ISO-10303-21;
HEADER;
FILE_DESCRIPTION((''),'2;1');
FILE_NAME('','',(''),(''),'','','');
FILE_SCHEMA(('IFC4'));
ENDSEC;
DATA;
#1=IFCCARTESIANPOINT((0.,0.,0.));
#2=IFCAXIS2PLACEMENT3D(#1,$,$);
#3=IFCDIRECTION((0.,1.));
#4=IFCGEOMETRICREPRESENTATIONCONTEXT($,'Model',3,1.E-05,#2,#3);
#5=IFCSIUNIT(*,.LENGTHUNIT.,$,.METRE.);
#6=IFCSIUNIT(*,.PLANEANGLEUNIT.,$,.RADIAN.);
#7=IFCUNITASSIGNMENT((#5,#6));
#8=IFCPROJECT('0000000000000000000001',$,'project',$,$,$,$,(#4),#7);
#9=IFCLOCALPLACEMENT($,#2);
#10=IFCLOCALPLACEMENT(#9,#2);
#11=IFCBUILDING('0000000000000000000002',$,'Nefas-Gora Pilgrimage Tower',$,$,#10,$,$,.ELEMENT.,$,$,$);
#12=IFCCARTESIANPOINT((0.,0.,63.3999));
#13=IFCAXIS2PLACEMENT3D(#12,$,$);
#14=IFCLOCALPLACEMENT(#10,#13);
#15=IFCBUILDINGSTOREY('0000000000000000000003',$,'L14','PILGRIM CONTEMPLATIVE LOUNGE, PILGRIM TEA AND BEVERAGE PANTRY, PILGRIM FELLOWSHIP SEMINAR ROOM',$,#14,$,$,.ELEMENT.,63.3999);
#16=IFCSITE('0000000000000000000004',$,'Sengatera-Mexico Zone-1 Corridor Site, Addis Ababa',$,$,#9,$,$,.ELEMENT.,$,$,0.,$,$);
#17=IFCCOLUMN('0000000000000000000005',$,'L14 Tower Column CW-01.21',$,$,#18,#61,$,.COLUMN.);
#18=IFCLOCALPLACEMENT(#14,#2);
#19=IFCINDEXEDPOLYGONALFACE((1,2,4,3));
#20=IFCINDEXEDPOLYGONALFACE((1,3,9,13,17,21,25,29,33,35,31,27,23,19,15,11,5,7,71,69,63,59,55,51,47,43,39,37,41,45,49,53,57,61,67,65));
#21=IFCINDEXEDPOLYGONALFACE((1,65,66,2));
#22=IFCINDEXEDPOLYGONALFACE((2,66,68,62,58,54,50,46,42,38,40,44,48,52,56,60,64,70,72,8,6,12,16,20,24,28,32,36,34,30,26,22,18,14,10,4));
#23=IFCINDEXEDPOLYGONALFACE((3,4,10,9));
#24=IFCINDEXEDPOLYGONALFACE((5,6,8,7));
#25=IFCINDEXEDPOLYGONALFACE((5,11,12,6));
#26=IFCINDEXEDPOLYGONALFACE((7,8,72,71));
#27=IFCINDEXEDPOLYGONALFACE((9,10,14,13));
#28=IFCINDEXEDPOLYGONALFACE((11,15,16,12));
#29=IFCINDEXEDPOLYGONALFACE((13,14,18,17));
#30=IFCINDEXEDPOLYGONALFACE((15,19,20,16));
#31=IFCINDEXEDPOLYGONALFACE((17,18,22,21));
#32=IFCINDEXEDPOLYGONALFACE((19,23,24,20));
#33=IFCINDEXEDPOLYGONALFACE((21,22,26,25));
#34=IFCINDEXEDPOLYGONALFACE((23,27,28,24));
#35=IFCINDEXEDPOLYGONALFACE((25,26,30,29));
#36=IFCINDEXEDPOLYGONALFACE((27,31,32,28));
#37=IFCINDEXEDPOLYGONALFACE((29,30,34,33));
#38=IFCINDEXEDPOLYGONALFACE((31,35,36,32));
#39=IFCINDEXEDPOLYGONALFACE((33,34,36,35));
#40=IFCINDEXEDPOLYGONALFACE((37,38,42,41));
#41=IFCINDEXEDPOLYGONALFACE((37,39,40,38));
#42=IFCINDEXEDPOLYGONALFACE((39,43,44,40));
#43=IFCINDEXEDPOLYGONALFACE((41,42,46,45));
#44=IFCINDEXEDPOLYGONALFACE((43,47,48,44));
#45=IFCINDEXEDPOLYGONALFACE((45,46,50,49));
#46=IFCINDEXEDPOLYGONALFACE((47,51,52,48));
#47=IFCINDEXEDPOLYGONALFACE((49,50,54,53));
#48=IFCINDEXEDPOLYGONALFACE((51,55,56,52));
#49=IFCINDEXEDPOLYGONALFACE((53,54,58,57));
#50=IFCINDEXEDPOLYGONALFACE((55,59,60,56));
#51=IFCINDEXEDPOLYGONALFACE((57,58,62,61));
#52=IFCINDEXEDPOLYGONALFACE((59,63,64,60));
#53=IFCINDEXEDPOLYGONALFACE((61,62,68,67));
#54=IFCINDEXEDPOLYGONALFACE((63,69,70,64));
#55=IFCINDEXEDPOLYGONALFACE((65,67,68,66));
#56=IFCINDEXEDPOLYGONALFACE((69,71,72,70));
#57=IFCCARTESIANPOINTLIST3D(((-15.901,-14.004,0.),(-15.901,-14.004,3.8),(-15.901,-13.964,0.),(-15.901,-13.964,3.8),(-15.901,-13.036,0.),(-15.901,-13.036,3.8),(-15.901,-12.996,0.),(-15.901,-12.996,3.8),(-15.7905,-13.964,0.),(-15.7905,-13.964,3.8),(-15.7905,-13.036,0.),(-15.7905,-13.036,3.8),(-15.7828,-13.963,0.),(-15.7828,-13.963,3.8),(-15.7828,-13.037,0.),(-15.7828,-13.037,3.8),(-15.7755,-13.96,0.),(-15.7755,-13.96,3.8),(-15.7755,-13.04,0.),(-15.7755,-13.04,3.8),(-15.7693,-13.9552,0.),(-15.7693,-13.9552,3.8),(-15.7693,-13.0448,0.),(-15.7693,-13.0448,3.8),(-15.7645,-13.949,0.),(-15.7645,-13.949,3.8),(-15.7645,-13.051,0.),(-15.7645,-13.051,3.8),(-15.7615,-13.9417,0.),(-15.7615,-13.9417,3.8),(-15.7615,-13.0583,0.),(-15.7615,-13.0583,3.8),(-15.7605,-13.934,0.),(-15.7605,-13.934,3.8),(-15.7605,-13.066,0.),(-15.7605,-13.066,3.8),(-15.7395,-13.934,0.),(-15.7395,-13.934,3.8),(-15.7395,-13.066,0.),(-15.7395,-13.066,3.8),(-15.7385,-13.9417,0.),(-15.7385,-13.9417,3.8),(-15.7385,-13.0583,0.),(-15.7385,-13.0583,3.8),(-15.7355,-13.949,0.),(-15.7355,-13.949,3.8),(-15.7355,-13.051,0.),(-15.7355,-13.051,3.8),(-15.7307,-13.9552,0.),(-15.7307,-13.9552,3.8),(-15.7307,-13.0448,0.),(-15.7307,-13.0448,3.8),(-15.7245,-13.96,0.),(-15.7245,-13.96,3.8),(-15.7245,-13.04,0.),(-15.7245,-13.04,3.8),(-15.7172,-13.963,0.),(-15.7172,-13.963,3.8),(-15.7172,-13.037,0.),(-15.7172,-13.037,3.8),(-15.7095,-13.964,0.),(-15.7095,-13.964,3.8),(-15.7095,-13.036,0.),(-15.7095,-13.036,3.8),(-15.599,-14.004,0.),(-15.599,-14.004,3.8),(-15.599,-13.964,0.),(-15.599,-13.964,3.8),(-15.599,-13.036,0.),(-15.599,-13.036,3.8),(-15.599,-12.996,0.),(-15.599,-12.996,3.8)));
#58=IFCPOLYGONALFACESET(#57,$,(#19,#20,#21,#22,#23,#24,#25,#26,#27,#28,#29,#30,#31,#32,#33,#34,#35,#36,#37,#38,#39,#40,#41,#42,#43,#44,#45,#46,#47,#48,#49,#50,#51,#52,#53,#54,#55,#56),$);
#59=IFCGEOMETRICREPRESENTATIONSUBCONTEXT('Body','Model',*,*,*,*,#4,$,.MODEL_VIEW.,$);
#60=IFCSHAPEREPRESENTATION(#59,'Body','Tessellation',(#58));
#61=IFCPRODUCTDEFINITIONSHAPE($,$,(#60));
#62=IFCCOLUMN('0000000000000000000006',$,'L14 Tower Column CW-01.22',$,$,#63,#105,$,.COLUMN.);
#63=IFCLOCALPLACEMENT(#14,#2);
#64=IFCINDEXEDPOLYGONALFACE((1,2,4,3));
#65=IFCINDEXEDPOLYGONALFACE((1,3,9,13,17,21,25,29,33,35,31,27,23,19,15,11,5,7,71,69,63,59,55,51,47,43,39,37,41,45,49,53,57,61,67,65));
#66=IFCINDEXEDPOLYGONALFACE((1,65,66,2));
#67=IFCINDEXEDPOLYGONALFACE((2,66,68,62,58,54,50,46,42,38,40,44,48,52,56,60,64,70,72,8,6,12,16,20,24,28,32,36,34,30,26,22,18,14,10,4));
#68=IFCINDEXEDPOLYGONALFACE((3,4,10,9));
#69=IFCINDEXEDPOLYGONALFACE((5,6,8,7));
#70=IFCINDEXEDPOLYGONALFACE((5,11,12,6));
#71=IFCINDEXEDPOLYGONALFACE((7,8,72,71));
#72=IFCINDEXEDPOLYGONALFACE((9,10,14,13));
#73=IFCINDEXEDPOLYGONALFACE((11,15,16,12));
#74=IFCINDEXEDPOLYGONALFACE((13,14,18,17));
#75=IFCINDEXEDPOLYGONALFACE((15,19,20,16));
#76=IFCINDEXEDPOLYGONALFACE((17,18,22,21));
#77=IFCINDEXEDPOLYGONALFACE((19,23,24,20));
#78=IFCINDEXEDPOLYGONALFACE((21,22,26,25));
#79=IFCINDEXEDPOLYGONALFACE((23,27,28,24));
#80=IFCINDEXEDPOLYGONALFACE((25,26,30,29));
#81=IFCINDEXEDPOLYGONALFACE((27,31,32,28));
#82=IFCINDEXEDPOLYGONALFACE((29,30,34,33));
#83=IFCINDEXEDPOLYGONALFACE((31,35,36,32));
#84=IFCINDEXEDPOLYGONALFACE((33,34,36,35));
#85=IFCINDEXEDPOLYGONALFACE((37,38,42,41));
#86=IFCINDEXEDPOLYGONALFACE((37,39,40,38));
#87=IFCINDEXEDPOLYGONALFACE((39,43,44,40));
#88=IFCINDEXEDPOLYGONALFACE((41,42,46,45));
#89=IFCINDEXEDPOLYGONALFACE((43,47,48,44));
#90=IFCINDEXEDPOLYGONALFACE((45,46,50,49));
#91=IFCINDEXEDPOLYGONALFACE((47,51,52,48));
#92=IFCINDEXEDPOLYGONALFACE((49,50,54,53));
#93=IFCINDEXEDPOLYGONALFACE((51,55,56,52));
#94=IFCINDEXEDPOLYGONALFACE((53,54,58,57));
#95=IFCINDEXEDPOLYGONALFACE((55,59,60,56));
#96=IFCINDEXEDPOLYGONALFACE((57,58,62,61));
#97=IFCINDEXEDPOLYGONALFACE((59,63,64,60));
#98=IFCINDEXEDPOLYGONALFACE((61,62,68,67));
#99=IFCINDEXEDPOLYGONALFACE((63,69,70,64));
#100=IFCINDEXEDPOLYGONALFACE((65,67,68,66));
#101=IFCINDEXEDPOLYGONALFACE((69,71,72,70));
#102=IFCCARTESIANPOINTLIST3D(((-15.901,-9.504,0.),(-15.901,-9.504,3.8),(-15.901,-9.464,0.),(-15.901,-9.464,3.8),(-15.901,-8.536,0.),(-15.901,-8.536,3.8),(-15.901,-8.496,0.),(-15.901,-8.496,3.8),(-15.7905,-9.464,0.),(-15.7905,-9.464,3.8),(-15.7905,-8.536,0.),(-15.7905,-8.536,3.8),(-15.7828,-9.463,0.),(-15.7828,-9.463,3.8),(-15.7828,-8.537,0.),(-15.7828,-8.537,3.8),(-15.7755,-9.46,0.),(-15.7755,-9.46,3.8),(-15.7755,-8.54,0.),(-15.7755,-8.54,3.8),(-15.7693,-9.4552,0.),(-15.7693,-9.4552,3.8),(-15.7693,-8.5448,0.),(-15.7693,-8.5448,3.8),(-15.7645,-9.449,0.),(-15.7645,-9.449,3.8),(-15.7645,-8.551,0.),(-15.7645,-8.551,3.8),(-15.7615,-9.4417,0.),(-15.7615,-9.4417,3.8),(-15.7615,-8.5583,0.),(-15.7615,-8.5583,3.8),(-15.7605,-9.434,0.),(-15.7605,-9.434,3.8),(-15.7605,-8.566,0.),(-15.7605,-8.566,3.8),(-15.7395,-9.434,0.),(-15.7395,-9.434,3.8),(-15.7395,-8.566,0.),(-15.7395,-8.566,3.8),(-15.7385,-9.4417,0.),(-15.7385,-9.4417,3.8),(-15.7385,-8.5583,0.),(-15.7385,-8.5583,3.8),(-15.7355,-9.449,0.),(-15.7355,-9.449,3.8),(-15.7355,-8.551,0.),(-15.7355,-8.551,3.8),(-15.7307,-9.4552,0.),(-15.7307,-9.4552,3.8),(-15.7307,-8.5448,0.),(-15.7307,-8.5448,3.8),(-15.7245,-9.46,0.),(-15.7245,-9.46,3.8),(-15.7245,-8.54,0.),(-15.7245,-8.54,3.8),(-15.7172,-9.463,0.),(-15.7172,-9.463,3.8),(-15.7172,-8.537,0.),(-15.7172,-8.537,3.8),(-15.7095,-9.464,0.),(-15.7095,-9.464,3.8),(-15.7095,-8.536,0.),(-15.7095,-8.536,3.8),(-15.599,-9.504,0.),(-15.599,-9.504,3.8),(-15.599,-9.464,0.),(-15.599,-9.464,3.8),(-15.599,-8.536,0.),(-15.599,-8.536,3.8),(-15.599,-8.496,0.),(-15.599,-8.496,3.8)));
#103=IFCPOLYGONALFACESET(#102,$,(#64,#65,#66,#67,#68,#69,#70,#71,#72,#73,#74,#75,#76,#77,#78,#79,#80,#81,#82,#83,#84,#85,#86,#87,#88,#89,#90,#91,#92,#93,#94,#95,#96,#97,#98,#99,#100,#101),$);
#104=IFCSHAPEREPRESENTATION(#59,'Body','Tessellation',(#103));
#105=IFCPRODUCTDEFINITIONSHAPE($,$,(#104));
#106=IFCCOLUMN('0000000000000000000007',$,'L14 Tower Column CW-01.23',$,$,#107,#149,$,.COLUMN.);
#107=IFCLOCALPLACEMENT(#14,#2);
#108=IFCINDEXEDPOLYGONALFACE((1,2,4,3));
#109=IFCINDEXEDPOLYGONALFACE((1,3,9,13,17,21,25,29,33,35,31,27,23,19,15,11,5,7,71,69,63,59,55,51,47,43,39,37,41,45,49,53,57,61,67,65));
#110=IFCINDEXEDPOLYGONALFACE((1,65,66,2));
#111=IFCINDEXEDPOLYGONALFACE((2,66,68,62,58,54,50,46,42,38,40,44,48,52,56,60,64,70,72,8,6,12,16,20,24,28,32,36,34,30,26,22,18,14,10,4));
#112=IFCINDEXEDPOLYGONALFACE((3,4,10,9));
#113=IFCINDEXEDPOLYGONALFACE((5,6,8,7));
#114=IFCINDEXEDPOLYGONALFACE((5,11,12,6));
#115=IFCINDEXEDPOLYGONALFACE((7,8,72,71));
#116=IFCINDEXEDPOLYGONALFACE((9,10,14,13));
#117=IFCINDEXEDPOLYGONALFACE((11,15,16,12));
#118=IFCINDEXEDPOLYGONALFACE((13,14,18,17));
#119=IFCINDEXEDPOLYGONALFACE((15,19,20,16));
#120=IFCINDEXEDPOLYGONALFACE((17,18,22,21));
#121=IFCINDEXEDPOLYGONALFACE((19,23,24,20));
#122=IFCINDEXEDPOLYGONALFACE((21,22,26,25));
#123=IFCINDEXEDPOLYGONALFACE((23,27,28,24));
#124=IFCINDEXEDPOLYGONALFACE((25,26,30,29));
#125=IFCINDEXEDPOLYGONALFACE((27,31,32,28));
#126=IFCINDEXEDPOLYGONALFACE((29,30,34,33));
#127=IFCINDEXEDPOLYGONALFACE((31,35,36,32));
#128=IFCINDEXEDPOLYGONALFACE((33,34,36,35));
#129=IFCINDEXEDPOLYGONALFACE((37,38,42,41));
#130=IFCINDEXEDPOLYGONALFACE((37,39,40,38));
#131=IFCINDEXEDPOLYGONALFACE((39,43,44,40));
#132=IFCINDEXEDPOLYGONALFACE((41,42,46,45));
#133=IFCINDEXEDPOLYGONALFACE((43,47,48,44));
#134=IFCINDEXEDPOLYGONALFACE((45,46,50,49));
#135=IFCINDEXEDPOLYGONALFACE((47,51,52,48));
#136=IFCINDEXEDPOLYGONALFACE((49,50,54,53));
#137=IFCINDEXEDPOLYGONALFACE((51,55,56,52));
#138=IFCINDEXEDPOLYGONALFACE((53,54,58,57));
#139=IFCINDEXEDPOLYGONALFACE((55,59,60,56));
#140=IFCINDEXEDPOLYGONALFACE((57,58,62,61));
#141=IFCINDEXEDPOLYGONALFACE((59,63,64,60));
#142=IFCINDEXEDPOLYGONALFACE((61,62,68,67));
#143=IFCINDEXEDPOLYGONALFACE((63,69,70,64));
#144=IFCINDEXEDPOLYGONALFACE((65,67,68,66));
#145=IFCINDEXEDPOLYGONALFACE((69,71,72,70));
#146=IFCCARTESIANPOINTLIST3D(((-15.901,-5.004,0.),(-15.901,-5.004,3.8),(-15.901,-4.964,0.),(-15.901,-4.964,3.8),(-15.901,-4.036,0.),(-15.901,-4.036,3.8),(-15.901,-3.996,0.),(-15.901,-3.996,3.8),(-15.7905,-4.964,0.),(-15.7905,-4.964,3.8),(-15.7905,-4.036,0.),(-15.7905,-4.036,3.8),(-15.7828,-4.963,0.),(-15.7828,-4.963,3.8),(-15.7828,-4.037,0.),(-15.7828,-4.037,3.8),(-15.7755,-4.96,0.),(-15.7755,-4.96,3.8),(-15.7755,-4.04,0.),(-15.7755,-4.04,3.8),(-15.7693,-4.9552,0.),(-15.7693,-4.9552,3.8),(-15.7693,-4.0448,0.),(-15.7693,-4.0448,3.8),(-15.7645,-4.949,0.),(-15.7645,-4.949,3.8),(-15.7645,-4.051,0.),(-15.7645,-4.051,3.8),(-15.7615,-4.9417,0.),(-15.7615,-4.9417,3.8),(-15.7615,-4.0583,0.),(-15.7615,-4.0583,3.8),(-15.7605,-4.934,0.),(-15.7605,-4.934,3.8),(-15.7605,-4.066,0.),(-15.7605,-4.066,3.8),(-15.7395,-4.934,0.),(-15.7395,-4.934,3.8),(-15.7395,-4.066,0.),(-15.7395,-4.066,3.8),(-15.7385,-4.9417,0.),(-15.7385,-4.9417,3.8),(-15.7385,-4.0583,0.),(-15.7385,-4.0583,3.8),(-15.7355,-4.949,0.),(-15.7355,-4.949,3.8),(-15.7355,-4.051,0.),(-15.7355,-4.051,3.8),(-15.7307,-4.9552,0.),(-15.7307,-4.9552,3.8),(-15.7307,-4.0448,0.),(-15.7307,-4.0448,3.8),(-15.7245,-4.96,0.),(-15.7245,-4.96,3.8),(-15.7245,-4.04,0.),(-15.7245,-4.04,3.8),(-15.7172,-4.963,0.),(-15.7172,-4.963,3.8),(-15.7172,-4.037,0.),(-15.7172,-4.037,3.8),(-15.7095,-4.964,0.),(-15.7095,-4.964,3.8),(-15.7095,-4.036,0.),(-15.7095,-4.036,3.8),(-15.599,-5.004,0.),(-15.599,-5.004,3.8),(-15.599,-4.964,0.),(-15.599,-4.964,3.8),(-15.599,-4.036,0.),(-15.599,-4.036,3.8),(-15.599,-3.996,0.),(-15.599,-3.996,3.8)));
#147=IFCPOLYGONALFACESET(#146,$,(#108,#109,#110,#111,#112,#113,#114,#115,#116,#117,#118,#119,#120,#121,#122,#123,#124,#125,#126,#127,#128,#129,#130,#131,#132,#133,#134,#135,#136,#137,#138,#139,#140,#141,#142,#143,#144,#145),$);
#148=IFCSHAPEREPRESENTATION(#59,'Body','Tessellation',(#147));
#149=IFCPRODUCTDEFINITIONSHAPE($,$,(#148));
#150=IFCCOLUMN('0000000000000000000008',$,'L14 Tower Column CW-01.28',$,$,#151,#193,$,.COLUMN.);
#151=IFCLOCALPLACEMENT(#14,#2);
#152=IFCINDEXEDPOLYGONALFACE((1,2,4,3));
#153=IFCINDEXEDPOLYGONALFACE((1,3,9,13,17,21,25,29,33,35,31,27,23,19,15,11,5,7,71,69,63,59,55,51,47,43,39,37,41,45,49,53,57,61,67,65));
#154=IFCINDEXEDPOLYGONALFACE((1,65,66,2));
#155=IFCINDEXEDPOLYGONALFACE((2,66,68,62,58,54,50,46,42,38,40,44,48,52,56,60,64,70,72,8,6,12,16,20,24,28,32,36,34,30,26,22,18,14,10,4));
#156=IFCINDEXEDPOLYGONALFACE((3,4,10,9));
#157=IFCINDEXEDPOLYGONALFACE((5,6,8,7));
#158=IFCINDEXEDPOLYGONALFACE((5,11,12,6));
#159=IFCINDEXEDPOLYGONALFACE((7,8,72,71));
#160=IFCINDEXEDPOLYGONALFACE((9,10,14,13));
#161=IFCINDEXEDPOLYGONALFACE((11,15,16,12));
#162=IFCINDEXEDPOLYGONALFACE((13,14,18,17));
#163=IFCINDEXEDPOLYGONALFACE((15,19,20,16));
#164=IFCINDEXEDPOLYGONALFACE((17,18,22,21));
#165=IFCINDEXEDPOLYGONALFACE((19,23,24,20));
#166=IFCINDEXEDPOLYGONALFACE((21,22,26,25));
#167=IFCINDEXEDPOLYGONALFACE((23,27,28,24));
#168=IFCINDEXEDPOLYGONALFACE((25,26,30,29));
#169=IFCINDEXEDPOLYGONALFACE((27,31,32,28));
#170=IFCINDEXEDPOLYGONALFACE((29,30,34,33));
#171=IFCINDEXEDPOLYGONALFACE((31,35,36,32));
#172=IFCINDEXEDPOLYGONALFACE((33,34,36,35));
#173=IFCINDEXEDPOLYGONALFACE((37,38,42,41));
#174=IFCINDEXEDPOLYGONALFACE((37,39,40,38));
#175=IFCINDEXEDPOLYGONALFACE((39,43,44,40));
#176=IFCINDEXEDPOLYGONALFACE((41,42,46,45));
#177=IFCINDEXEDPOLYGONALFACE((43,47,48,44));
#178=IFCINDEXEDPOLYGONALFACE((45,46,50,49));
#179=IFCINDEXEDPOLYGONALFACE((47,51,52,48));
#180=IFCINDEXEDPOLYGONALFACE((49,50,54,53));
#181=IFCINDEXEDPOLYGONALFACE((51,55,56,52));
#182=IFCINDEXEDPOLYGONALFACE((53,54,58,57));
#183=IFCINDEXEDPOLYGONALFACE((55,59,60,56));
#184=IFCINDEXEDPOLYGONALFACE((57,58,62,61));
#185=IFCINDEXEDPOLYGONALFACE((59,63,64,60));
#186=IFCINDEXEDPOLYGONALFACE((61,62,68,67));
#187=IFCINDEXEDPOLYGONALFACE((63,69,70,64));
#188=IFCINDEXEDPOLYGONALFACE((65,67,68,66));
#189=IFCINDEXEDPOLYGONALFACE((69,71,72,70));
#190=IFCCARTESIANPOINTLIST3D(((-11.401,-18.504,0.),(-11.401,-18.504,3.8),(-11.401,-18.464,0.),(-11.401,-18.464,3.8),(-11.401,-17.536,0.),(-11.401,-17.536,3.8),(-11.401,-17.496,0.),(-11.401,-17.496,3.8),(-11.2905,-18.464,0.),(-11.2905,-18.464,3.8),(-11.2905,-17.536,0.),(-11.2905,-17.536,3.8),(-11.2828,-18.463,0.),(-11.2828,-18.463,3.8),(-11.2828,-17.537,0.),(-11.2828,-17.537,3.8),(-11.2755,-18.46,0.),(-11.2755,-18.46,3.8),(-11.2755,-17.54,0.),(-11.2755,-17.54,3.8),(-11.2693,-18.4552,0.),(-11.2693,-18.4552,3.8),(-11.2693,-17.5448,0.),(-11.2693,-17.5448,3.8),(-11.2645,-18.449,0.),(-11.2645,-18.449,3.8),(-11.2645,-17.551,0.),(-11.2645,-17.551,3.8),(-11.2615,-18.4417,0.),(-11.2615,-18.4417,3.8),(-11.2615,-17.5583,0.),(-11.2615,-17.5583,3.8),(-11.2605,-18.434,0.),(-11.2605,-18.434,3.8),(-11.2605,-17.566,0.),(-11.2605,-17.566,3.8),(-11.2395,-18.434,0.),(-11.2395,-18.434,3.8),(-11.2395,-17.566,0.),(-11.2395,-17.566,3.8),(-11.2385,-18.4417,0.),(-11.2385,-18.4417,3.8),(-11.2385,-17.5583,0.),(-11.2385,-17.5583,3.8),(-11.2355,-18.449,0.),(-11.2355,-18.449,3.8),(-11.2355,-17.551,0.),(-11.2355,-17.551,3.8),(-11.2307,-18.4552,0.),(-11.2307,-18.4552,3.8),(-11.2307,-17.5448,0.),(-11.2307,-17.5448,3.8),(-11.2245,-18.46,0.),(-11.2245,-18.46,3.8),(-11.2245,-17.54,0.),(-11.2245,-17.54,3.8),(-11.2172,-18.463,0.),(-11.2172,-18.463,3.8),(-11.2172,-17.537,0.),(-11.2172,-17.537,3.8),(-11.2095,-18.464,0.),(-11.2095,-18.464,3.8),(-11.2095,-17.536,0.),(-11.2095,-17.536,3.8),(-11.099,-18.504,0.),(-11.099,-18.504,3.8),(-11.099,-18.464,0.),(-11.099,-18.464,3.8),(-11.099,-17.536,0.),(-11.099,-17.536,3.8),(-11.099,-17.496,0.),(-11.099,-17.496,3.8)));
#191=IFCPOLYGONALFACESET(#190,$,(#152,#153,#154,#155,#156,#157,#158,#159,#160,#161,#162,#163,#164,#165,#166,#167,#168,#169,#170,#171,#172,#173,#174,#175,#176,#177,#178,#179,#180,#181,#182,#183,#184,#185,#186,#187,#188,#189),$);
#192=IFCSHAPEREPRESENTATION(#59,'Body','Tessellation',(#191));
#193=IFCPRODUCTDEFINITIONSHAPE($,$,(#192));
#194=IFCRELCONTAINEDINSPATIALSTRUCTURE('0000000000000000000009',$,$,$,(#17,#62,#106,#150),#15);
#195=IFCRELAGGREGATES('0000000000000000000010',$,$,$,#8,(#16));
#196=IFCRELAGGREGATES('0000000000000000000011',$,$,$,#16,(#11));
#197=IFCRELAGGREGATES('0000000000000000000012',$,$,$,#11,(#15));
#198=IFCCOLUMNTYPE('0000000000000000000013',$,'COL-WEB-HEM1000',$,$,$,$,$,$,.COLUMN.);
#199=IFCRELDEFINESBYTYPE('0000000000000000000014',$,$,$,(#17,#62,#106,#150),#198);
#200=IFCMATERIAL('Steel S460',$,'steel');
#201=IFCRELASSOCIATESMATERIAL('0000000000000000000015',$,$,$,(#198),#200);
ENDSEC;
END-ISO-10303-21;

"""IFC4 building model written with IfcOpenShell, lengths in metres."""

from ifc_helpers import new_model, si_unit, direction, frame, origin, origin_2d, place, context, subcontext, project, spatial, i_section, extrude, source, transform, mapped, material, material_profile, profile_set, type_object, element, save


model = new_model("IFC4")

# Units and contexts
model_context = context("Model", 3, precision=1e-05, world=origin(), true_north=direction((0.0, 1.0)))
body_context = subcontext(model_context, "Body", "Model", "MODEL_VIEW")
ifc_project = project(units=[si_unit("LENGTHUNIT", "METRE"), si_unit("PLANEANGLEUNIT", "RADIAN")], contexts=[model_context])

# Site, building, storey
site_placement = place(None, origin())
site = spatial("IfcSite", under=ifc_project, at=site_placement, Name="Sengatera-Mexico Zone-1 Corridor Site, Addis Ababa", CompositionType="ELEMENT", RefElevation=0.0)
building_placement = place(site_placement, origin())
building = spatial("IfcBuilding", under=site, at=building_placement, Name="Nefas-Gora Pilgrimage Tower", CompositionType="ELEMENT")
storey_placement = place(building_placement, frame((0.0, 0.0, 63.3999)))
storey = spatial("IfcBuildingStorey", under=building, at=storey_placement, Name="L14", Description="PILGRIM CONTEMPLATIVE LOUNGE, PILGRIM TEA AND BEVERAGE PANTRY, PILGRIM FELLOWSHIP SEMINAR ROOM", CompositionType="ELEMENT", Elevation=63.3999)

# Columns
ifc_material_1 = material(Name="Steel S460", Category="steel")
ifc_material_profile_1 = material_profile(ifc_material_1, i_section(OverallWidth=0.302, OverallDepth=1.0081, WebThickness=0.021, FlangeThickness=0.04, FilletRadius=0.03, at=origin_2d()), Name="HEM 1000")
ifc_profile_set_1 = profile_set([ifc_material_profile_1], Name="Steel S460")
column_type_1 = type_object("IfcColumnType", Name="COL-WEB-HEM1000", PredefinedType="COLUMN", material=ifc_profile_set_1)
shared_shape_1 = source(origin(), body_context, "Body", "SweptSolid", [
    extrude(i_section(OverallWidth=0.302, OverallDepth=1.0081, WebThickness=0.021, FlangeThickness=0.04, FilletRadius=0.03, at=origin_2d()), origin(), (0.0, 0.0, 1.0), 3.8),
])
for number, where, z_axis, x_axis, name in (
    (1, (-15.75, -13.5, 0.0), (0.0, 0.0, 1.0), (1.0, 0.0, 0.0), "L14 Tower Column CW-01.21"),
    (2, (-15.75, -9.0, 0.0), (0.0, 0.0, 1.0), (1.0, 0.0, 0.0), "L14 Tower Column CW-01.22"),
    (3, (-15.75, -4.5, 0.0), (0.0, 0.0, 1.0), (1.0, 0.0, 0.0), "L14 Tower Column CW-01.23"),
    (4, (-11.25, -18.0, 0.0), (0.0, 0.0, 1.0), (1.0, 0.0, 0.0), "L14 Tower Column CW-01.28"),
):
    element("IfcColumn", number, at=place(storey_placement, frame(where, z_axis=z_axis, x_axis=x_axis)), inside=storey, type_object=column_type_1, Name=name, PredefinedType="COLUMN", context=body_context, shape_type="MappedRepresentation", body=[
        mapped(shared_shape_1, transform((0.0, 0.0, 0.0), x_axis=(1.0, 0.0, 0.0), y_axis=(0.0, 1.0, 0.0), z_axis=(0.0, 0.0, 1.0), scale=1.0)),
    ])

save(model, "model.ifc")
